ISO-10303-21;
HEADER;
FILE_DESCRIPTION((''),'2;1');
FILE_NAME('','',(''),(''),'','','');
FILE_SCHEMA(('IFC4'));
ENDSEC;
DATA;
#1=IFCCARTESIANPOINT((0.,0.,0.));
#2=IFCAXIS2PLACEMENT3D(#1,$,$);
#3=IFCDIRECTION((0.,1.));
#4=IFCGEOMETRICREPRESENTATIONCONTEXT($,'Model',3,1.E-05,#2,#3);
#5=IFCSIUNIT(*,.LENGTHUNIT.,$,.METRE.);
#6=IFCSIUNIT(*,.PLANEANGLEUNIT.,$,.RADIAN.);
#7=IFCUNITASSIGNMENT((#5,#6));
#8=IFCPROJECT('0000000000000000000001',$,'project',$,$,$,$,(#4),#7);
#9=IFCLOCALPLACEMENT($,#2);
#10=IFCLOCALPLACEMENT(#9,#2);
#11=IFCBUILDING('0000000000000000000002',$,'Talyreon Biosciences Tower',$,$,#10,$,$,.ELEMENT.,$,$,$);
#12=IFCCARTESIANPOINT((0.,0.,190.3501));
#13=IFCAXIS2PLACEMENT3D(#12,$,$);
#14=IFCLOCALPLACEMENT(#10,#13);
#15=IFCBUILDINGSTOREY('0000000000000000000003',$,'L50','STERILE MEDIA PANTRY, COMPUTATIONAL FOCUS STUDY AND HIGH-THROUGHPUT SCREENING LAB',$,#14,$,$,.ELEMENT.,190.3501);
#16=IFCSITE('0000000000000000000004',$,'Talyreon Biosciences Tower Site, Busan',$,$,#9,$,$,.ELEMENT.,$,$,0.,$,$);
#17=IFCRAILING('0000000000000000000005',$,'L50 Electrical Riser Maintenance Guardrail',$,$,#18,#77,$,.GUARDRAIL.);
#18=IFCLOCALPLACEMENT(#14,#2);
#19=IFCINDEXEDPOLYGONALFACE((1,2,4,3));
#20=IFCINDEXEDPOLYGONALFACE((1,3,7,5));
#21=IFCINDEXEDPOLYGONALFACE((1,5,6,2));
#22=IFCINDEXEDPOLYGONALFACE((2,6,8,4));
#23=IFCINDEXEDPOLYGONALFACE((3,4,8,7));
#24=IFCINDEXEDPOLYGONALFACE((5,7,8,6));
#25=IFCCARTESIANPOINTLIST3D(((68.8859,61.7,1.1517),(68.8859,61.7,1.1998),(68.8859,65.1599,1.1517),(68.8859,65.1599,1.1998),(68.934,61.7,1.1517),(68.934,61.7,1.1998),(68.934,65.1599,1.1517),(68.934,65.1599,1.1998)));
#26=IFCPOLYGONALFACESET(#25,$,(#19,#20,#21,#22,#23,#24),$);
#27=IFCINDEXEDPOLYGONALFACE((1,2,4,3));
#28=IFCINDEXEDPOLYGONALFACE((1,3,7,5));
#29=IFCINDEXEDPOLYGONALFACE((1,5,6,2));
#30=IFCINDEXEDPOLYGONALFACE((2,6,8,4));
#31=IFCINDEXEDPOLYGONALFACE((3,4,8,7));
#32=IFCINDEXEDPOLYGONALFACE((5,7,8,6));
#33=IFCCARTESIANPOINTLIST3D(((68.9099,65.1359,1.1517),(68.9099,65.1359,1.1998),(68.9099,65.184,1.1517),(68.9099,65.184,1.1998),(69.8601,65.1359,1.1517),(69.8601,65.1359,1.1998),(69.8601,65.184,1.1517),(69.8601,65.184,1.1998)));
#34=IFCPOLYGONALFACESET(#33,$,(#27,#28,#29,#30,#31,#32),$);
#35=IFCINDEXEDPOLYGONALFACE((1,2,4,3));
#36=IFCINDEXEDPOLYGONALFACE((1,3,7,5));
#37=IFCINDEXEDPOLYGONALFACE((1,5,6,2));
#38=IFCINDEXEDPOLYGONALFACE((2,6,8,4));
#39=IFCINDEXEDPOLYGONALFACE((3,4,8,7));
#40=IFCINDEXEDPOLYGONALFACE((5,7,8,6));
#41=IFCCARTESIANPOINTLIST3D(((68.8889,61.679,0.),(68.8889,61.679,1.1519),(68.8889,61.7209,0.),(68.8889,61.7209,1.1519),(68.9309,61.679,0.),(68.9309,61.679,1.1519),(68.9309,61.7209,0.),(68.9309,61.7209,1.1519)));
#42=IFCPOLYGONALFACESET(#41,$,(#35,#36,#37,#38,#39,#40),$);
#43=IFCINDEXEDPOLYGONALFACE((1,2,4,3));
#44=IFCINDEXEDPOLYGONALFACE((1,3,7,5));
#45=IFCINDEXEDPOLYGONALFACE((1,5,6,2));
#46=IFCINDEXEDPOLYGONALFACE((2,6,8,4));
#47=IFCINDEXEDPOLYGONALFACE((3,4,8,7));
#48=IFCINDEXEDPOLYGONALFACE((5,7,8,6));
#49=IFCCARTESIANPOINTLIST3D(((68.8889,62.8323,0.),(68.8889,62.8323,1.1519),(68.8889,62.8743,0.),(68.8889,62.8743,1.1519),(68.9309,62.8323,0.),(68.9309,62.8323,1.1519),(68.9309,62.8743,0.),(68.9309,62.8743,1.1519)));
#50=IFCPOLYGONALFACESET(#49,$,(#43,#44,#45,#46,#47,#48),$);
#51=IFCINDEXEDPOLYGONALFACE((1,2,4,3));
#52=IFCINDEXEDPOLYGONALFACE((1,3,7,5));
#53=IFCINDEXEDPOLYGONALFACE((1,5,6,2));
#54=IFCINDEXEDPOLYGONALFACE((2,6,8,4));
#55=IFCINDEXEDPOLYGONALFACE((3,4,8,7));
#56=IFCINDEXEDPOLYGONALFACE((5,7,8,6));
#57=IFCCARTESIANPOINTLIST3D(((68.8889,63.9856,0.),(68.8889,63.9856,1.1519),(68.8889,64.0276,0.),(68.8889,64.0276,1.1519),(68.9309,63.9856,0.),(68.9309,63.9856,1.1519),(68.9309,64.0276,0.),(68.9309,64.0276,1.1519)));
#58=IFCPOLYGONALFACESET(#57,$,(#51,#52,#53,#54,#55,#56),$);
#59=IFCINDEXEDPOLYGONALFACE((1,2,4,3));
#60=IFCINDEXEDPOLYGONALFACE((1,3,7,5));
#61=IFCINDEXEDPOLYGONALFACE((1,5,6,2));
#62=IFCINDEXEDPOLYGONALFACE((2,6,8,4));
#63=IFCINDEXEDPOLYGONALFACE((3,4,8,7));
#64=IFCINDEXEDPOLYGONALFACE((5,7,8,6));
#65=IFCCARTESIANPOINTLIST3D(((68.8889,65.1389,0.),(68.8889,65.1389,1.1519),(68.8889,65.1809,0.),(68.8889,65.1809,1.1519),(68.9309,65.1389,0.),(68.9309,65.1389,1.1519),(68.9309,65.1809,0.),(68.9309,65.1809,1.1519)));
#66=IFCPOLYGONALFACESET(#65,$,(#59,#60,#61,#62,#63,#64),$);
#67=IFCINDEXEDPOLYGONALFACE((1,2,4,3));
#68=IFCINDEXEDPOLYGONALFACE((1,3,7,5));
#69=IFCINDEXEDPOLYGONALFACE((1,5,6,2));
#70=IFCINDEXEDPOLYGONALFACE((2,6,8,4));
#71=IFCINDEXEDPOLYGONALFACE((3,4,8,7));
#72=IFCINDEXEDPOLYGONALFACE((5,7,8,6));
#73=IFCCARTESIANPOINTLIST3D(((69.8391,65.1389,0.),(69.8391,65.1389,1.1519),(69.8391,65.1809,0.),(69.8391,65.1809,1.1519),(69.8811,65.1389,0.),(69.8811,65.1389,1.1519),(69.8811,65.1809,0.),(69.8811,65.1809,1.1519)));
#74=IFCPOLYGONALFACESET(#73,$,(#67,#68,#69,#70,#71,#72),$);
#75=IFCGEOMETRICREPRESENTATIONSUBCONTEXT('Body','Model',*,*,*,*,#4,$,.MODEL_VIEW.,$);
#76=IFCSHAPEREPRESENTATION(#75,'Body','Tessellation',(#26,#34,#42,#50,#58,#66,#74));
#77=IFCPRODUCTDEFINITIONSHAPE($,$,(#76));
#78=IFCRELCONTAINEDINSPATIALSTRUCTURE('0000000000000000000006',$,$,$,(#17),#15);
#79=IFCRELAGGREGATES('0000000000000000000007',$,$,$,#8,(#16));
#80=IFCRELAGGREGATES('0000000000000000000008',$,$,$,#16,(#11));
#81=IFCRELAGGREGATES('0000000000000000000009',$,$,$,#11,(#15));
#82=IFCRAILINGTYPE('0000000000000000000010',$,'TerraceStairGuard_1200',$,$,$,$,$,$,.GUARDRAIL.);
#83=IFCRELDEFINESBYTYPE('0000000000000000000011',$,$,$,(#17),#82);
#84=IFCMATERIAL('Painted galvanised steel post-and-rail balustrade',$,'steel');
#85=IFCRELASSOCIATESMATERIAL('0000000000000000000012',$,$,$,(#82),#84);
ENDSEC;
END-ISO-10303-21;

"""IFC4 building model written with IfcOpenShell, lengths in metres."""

from ifc_helpers import new_model, si_unit, direction, frame, origin, origin_2d, place, context, subcontext, project, spatial, rectangle, extrude, material, type_object, element, save


model = new_model("IFC4")

# Units and contexts
model_context = context("Model", 3, precision=1e-05, world=origin(), true_north=direction((0.0, 1.0)))
body_context = subcontext(model_context, "Body", "Model", "MODEL_VIEW")
ifc_project = project(units=[si_unit("LENGTHUNIT", "METRE"), si_unit("PLANEANGLEUNIT", "RADIAN")], contexts=[model_context])

# Site, building, storey
site_placement = place(None, origin())
site = spatial("IfcSite", under=ifc_project, at=site_placement, Name="Talyreon Biosciences Tower Site, Busan", CompositionType="ELEMENT", RefElevation=0.0)
building_placement = place(site_placement, origin())
building = spatial("IfcBuilding", under=site, at=building_placement, Name="Talyreon Biosciences Tower", CompositionType="ELEMENT")
storey_placement = place(building_placement, frame((0.0, 0.0, 190.3501)))
storey = spatial("IfcBuildingStorey", under=building, at=storey_placement, Name="L50", Description="STERILE MEDIA PANTRY, COMPUTATIONAL FOCUS STUDY AND HIGH-THROUGHPUT SCREENING LAB", CompositionType="ELEMENT", Elevation=190.3501)

# Railing
ifc_material_1 = material(Name="Painted galvanised steel post-and-rail balustrade", Category="steel")
railing_type_1 = type_object("IfcRailingType", Name="TerraceStairGuard_1200", PredefinedType="GUARDRAIL", material=ifc_material_1)
railing_1_placement = place(storey_placement, frame((68.9099, 61.7, 0.0)))
element("IfcRailing", 1, at=railing_1_placement, inside=storey, type_object=railing_type_1, Name="L50 Electrical Riser Maintenance Guardrail", PredefinedType="GUARDRAIL", context=body_context, shape_type="SweptSolid", body=[
    extrude(rectangle(XDim=0.0481, YDim=0.0481, at=origin_2d()), frame((0.0, 0.0, 1.1758), z_axis=(0.0, 1.0, 0.0), x_axis=(-1.0, 0.0, 0.0)), (0.0, 0.0, 1.0), 3.46),
    extrude(rectangle(XDim=0.0481, YDim=0.0481, at=origin_2d()), frame((0.0, 3.46, 1.1758), z_axis=(1.0, 0.0, 0.0), x_axis=(0.0, 1.0, 0.0)), (0.0, 0.0, 1.0), 0.9502),
    extrude(rectangle(XDim=0.042, YDim=0.042, at=origin_2d()), origin(), (0.0, 0.0, 1.0), 1.1519),
    extrude(rectangle(XDim=0.042, YDim=0.042, at=origin_2d()), frame((0.0, 1.1533, 0.0)), (0.0, 0.0, 1.0), 1.1519),
    extrude(rectangle(XDim=0.042, YDim=0.042, at=origin_2d()), frame((0.0, 2.3066, 0.0)), (0.0, 0.0, 1.0), 1.1519),
    extrude(rectangle(XDim=0.042, YDim=0.042, at=origin_2d()), frame((0.0, 3.46, 0.0)), (0.0, 0.0, 1.0), 1.1519),
    extrude(rectangle(XDim=0.042, YDim=0.042, at=origin_2d()), frame((0.9502, 3.46, 0.0)), (0.0, 0.0, 1.0), 1.1519),
])

save(model, "model.ifc")
